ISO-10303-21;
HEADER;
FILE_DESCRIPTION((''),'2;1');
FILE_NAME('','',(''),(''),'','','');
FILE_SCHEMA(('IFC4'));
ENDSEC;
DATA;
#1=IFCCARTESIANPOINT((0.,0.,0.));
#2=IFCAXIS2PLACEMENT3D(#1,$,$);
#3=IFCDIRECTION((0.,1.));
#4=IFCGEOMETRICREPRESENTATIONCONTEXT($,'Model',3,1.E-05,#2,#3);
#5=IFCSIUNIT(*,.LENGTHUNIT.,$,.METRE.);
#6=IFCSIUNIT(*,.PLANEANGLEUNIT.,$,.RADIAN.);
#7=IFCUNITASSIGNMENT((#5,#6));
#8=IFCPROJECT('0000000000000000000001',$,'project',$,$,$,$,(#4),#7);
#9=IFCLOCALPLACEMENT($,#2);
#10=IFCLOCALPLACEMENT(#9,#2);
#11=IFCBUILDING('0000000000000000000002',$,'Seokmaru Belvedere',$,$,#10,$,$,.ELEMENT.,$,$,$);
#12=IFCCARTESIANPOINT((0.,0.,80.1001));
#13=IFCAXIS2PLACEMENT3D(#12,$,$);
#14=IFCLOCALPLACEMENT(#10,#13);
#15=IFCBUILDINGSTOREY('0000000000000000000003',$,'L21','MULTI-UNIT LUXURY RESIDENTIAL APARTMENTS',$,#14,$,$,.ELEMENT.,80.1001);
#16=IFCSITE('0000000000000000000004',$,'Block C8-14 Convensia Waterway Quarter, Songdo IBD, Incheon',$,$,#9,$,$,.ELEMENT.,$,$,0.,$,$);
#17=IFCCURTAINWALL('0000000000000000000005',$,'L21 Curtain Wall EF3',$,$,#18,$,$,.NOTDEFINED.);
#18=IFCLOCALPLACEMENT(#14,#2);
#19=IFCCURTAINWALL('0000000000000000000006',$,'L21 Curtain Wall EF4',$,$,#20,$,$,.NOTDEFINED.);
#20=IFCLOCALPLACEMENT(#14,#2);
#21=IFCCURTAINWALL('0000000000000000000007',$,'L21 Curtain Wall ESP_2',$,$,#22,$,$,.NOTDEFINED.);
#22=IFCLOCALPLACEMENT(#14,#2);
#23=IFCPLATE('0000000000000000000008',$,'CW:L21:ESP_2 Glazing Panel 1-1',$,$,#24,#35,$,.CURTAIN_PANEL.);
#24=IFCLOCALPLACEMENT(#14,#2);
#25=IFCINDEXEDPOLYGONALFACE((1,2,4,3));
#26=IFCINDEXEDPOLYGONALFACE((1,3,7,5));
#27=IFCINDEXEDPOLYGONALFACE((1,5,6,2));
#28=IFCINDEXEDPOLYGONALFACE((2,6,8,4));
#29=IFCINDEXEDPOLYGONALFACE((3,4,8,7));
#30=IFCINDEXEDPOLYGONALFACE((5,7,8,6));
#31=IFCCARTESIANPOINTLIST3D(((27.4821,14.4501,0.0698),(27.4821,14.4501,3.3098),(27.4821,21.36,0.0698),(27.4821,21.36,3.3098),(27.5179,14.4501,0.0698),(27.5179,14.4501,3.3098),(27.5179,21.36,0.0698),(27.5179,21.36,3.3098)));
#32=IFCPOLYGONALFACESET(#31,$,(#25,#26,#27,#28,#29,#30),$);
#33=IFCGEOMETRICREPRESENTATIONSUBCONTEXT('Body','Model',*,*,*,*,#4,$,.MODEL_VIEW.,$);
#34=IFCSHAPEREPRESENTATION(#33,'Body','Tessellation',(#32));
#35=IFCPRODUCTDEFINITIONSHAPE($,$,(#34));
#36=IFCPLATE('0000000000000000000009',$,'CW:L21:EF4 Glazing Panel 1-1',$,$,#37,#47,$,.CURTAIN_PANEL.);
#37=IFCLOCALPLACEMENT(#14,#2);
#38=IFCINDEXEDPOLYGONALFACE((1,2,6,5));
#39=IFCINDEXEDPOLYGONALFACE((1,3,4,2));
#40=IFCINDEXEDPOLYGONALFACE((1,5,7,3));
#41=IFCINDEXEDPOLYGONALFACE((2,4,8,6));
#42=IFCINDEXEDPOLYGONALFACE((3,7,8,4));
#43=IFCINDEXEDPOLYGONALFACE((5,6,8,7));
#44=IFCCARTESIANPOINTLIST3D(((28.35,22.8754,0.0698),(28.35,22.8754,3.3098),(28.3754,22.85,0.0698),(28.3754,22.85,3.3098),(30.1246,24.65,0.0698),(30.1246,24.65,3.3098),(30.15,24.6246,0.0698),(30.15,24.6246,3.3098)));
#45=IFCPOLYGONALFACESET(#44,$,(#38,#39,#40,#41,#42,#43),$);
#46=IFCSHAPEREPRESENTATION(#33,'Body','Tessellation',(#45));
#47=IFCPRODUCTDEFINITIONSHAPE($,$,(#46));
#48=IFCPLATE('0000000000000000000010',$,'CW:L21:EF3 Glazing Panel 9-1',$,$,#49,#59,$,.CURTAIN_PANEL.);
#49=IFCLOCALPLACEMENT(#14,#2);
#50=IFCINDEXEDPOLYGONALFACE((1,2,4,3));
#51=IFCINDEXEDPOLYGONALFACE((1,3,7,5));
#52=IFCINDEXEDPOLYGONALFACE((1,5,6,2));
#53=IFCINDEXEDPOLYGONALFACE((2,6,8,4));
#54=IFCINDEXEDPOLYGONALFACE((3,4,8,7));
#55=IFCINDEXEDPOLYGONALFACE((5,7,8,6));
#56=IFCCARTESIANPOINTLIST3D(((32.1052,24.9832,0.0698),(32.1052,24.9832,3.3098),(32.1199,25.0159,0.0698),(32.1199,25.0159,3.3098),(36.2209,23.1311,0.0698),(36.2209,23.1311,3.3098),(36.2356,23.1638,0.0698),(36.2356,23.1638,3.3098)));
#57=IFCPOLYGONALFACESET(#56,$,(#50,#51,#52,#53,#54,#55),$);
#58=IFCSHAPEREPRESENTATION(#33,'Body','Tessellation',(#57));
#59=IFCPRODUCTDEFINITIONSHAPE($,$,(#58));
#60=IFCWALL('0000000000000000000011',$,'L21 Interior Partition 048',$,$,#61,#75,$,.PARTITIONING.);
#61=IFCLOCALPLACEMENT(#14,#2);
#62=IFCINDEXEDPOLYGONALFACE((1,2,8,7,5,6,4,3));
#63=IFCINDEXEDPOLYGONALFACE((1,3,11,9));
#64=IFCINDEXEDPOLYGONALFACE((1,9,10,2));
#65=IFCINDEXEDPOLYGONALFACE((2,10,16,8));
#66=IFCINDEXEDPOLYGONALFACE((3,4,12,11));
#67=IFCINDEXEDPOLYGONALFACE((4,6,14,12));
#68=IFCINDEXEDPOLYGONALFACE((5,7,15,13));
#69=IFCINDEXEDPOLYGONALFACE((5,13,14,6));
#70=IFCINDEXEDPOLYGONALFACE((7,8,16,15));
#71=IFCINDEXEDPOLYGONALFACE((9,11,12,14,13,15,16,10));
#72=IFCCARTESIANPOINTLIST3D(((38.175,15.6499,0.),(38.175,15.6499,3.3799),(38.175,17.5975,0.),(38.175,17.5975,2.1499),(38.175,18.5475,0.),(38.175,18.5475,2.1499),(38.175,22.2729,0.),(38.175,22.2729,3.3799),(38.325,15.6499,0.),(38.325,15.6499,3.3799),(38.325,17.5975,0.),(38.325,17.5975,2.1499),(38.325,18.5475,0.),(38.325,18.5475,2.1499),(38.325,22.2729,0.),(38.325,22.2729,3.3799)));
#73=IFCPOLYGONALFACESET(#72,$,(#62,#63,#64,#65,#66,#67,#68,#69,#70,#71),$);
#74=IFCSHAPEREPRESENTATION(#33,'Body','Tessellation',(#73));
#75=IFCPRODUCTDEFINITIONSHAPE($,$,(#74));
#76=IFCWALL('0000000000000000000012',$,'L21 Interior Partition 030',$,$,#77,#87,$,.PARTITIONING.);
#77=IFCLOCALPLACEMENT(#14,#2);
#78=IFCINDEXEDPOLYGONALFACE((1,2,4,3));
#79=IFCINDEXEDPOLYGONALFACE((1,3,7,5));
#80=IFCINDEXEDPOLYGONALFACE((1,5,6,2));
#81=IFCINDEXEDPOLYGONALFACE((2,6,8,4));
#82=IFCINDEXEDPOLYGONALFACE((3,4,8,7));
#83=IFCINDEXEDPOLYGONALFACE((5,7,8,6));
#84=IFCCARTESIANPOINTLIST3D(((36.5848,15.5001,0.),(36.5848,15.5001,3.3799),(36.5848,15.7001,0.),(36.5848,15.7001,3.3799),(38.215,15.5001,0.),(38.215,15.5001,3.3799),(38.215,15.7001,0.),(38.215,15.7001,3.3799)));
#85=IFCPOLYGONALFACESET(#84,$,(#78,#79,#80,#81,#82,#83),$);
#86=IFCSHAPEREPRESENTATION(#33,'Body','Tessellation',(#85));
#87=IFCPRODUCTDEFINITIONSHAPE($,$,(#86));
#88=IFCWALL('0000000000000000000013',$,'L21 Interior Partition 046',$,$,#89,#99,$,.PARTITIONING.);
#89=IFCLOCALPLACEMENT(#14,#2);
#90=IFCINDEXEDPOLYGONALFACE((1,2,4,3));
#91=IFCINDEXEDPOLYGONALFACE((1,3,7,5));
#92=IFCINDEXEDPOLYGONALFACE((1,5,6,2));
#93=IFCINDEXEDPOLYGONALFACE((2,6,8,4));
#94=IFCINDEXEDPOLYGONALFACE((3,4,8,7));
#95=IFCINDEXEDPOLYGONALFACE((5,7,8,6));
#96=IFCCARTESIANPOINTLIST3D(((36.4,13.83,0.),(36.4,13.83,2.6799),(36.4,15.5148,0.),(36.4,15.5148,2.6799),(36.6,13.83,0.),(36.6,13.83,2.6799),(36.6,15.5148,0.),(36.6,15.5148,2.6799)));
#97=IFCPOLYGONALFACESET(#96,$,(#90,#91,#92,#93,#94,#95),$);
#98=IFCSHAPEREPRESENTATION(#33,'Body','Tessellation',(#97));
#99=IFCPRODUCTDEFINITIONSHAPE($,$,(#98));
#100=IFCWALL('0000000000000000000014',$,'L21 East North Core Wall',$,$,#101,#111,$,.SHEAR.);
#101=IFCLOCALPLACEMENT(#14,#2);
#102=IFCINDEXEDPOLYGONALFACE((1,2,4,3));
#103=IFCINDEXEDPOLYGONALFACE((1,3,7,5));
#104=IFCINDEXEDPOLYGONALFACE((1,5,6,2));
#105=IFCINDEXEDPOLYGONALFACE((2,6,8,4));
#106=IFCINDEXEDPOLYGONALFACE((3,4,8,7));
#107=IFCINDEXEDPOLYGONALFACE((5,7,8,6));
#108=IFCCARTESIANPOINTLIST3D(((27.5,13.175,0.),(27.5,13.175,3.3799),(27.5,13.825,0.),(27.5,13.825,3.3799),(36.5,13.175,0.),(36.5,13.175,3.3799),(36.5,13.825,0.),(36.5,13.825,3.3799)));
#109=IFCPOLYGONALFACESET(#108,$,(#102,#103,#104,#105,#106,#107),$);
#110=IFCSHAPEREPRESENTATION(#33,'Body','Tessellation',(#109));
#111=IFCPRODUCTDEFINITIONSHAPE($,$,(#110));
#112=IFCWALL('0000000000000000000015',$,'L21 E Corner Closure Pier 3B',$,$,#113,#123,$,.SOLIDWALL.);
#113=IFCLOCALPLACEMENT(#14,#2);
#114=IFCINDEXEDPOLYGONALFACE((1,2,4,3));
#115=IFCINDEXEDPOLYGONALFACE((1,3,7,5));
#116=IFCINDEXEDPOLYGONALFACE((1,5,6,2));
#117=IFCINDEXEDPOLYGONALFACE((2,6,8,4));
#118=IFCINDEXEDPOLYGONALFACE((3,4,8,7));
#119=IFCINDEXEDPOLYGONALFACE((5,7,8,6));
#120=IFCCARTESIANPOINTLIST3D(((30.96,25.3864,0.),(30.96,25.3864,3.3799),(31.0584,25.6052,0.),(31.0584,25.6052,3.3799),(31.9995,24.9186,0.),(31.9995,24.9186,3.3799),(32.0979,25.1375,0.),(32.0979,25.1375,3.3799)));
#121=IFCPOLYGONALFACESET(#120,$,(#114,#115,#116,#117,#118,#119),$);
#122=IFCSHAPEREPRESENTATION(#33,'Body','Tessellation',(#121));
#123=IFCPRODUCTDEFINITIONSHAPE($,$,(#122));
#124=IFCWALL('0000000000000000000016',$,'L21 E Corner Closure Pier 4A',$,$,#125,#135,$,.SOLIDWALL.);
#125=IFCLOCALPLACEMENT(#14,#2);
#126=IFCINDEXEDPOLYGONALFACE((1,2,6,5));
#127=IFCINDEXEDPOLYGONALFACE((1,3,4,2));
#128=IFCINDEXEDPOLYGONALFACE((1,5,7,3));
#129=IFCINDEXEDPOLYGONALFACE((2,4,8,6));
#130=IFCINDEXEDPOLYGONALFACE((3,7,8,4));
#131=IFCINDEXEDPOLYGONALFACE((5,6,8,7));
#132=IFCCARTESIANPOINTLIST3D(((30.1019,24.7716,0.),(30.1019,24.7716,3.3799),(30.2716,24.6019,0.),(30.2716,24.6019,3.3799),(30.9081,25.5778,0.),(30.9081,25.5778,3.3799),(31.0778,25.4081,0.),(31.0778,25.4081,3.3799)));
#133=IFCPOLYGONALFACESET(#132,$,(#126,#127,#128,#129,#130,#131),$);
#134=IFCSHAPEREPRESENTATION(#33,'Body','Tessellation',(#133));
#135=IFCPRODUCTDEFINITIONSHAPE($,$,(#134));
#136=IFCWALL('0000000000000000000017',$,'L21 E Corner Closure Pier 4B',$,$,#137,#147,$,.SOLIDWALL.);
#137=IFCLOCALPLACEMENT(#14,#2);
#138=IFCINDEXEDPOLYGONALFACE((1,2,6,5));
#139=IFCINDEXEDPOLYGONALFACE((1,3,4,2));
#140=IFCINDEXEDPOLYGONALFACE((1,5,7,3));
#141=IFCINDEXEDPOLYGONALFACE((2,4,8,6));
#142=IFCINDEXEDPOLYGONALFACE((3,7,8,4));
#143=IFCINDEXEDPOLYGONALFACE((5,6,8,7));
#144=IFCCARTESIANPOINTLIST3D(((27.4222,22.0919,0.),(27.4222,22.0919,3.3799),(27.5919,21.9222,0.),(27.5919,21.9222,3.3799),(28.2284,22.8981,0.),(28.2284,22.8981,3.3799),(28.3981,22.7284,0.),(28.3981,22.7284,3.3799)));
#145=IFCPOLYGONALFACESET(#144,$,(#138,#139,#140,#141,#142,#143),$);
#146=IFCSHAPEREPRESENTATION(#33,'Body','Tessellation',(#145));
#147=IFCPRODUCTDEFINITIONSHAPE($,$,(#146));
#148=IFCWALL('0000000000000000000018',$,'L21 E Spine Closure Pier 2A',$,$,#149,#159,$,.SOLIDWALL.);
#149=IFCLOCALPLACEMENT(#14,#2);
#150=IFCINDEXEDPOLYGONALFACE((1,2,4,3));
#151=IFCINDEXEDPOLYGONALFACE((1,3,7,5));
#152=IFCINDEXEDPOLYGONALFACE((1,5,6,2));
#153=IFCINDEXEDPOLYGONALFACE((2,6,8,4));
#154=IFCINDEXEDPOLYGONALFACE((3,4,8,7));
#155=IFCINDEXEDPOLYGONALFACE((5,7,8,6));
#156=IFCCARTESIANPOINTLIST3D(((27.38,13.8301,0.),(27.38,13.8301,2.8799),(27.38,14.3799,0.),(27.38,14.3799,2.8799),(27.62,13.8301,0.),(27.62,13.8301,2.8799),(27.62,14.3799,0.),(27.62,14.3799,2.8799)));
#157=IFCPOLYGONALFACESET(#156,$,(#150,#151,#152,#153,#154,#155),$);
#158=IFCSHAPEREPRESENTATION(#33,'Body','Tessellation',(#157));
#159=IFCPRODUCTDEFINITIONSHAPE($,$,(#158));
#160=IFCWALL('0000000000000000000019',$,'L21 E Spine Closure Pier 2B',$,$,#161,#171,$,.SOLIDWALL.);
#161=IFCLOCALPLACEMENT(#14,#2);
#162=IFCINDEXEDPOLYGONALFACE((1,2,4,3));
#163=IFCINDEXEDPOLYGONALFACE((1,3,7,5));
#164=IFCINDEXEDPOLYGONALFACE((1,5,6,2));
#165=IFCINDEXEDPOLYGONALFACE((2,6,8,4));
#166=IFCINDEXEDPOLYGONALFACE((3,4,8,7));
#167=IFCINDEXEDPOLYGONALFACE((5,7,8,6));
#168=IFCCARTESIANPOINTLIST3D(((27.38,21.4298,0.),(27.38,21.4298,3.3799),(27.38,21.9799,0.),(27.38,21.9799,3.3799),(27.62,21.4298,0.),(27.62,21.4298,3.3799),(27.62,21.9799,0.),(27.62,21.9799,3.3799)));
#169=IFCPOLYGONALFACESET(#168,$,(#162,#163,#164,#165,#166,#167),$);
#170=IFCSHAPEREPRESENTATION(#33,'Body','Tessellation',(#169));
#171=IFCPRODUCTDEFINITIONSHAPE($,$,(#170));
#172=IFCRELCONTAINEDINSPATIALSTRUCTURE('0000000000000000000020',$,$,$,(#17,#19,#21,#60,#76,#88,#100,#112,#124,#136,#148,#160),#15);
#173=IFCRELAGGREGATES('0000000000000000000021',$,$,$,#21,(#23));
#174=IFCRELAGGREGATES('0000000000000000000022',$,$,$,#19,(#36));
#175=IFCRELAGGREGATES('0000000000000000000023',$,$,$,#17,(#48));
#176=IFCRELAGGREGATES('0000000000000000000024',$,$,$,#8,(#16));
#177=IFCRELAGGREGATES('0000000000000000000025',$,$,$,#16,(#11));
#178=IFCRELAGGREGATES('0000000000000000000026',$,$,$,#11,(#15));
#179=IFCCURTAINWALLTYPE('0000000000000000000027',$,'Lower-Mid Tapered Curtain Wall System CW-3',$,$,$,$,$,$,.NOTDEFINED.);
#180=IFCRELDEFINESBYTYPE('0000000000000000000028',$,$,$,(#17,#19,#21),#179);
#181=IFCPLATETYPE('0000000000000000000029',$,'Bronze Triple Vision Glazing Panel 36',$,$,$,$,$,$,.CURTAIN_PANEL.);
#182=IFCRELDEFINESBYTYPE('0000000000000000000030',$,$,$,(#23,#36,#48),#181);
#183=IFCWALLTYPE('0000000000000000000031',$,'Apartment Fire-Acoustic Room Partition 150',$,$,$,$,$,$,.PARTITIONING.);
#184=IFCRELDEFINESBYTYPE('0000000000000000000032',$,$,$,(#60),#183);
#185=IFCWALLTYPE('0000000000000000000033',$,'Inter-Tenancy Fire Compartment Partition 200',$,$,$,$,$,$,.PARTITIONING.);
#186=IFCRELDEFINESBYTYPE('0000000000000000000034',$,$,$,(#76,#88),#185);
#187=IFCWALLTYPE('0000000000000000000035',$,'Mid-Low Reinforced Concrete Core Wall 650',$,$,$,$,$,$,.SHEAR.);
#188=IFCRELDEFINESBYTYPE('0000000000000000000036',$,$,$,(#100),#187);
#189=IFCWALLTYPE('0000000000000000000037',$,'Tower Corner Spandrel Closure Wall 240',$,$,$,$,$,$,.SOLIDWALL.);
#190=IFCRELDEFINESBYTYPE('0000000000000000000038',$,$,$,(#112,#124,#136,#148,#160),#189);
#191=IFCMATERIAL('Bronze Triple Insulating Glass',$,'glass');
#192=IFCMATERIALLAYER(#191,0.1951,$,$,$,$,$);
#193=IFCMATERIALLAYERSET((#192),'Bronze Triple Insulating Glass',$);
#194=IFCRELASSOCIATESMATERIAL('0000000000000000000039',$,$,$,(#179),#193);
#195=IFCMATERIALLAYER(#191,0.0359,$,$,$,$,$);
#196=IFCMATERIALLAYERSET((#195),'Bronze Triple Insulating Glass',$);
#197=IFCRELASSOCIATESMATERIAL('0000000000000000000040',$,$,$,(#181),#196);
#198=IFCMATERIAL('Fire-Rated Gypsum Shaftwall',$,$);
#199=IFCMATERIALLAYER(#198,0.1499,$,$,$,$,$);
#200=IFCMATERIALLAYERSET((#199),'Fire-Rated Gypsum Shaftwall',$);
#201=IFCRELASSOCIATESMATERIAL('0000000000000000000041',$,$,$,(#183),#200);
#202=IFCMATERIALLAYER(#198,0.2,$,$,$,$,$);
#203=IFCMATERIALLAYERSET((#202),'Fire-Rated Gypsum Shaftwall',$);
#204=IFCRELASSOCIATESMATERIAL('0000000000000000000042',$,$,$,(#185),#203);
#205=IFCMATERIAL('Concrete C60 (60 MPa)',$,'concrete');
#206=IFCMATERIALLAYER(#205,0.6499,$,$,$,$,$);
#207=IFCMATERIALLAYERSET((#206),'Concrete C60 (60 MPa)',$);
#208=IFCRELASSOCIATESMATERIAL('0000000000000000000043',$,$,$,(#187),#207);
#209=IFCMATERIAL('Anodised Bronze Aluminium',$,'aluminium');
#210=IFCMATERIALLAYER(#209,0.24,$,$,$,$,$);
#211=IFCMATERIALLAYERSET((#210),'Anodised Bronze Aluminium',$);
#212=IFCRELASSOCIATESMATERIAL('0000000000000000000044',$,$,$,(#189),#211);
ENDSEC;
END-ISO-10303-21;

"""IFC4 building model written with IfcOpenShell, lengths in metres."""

from ifc_helpers import new_model, si_unit, direction, frame, frame_2d, origin, origin_2d, place, context, subcontext, project, spatial, rectangle, extrude, source, transform, mapped, material, layer, layer_set, type_object, type_shapes, element, aggregate, save


model = new_model("IFC4")

# Units and contexts
model_context = context("Model", 3, precision=1e-05, world=origin(), true_north=direction((0.0, 1.0)))
body_context = subcontext(model_context, "Body", "Model", "MODEL_VIEW")
ifc_project = project(units=[si_unit("LENGTHUNIT", "METRE"), si_unit("PLANEANGLEUNIT", "RADIAN")], contexts=[model_context])

# Site, building, storey
site_placement = place(None, origin())
site = spatial("IfcSite", under=ifc_project, at=site_placement, Name="Block C8-14 Convensia Waterway Quarter, Songdo IBD, Incheon", CompositionType="ELEMENT", RefElevation=0.0)
building_placement = place(site_placement, origin())
building = spatial("IfcBuilding", under=site, at=building_placement, Name="Seokmaru Belvedere", CompositionType="ELEMENT")
storey_placement = place(building_placement, frame((0.0, 0.0, 80.1001)))
storey = spatial("IfcBuildingStorey", under=building, at=storey_placement, Name="L21", Description="MULTI-UNIT LUXURY RESIDENTIAL APARTMENTS", CompositionType="ELEMENT", Elevation=80.1001)

# Curtain wall
ifc_material_1 = material(Name="Bronze Triple Insulating Glass", Category="glass")
ifc_layer_1 = layer(ifc_material_1, 0.1951)
ifc_layer_set_1 = layer_set([ifc_layer_1], Name="Bronze Triple Insulating Glass")
curtain_wall_type = type_object("IfcCurtainWallType", Name="Lower-Mid Tapered Curtain Wall System CW-3", PredefinedType="NOTDEFINED", material=ifc_layer_set_1)
curtain_wall_1_placement = place(storey_placement, origin())
curtain_wall_1 = element("IfcCurtainWall", 1, at=curtain_wall_1_placement, inside=storey, type_object=curtain_wall_type, Name="L21 Curtain Wall EF3", PredefinedType="NOTDEFINED")
ifc_material_2 = material(Name="Anodised Bronze Aluminium", Category="aluminium")

# Curtain walls
curtain_wall_2_placement = place(storey_placement, origin())
curtain_wall_2 = element("IfcCurtainWall", 2, at=curtain_wall_2_placement, inside=storey, type_object=curtain_wall_type, Name="L21 Curtain Wall EF4", PredefinedType="NOTDEFINED")
curtain_wall_3_placement = place(storey_placement, origin())
curtain_wall_3 = element("IfcCurtainWall", 3, at=curtain_wall_3_placement, inside=storey, type_object=curtain_wall_type, Name="L21 Curtain Wall ESP_2", PredefinedType="NOTDEFINED")

# Plates
ifc_layer_2 = layer(ifc_material_1, 0.0359)
ifc_layer_set_2 = layer_set([ifc_layer_2], Name="Bronze Triple Insulating Glass")
plate_type = type_object("IfcPlateType", Name="Bronze Triple Vision Glazing Panel 36", PredefinedType="CURTAIN_PANEL", material=ifc_layer_set_2)
shared_shape_1 = source(origin(), body_context, "Body", "SweptSolid", [
    extrude(rectangle(XDim=6.9099, YDim=0.0359, at=origin_2d()), origin(), (0.0, 0.0, 1.0), 3.24),
])
plate_1_placement = place(storey_placement, frame((27.5, 17.905, 0.0698), z_axis=(0.0, 0.0, 1.0), x_axis=(0.0, -1.0, 0.0)))
plate_1 = element("IfcPlate", 4, at=plate_1_placement, type_object=plate_type, Name="CW:L21:ESP_2 Glazing Panel 1-1", PredefinedType="CURTAIN_PANEL", context=body_context, shape_type="MappedRepresentation", body=[
    mapped(shared_shape_1, transform((0.0, 0.0, 0.0), scale=1.0)),
])
aggregate(curtain_wall_3, [plate_1])
shared_shape_2 = source(origin(), body_context, "Body", "SweptSolid", [
    extrude(rectangle(XDim=2.5098, YDim=0.0359, at=origin_2d()), origin(), (0.0, 0.0, 1.0), 3.24),
])
plate_2_placement = place(storey_placement, frame((29.25, 23.75, 0.0698), z_axis=(0.0, 0.0, 1.0), x_axis=(-0.707107, -0.707107, 0.0)))
plate_2 = element("IfcPlate", 5, at=plate_2_placement, type_object=plate_type, Name="CW:L21:EF4 Glazing Panel 1-1", PredefinedType="CURTAIN_PANEL", context=body_context, shape_type="MappedRepresentation", body=[
    mapped(shared_shape_2, transform((0.0, 0.0, 0.0), scale=1.0)),
])
aggregate(curtain_wall_2, [plate_2])
shared_shape_3 = source(origin(), body_context, "Body", "SweptSolid", [
    extrude(rectangle(XDim=4.5132, YDim=0.0359, at=origin_2d()), origin(), (0.0, 0.0, 1.0), 3.24),
])
type_shapes(plate_type, [shared_shape_1, shared_shape_2, shared_shape_3])
plate_3_placement = place(storey_placement, frame((34.1704, 24.0735, 0.0698), z_axis=(0.0, 0.0, 1.0), x_axis=(-0.911921, 0.410366, 0.0)))
plate_3 = element("IfcPlate", 6, at=plate_3_placement, type_object=plate_type, Name="CW:L21:EF3 Glazing Panel 9-1", PredefinedType="CURTAIN_PANEL", context=body_context, shape_type="MappedRepresentation", body=[
    mapped(shared_shape_3, transform((0.0, 0.0, 0.0), scale=1.0)),
])
aggregate(curtain_wall_1, [plate_3])

# Wall, opening
ifc_material_3 = material(Name="Fire-Rated Gypsum Shaftwall")
ifc_layer_3 = layer(ifc_material_3, 0.1499)
ifc_layer_set_3 = layer_set([ifc_layer_3], Name="Fire-Rated Gypsum Shaftwall")
wall_type_1 = type_object("IfcWallType", Name="Apartment Fire-Acoustic Room Partition 150", PredefinedType="PARTITIONING", material=ifc_layer_set_3)
wall_1_placement = place(storey_placement, frame((38.25, 15.6499, 0.0), z_axis=(0.0, 0.0, 1.0), x_axis=(0.0, 1.0, 0.0)))
wall_1 = element("IfcWall", 7, at=wall_1_placement, inside=storey, type_object=wall_type_1, Name="L21 Interior Partition 048", PredefinedType="PARTITIONING", context=body_context, shape_type="SweptSolid", body=[
    extrude(rectangle(XDim=6.623, YDim=0.1499, at=frame_2d((3.3115, 0.0))), origin(), (0.0, 0.0, 1.0), 3.3799),
])
opening_placement = place(wall_1_placement, frame((1.9475, 0.0, 0.0)))
element("IfcOpeningElement", 8, at=opening_placement, cuts=wall_1, PredefinedType="OPENING", context=body_context, shape_type="SweptSolid", body=[
    extrude(rectangle(XDim=0.95, YDim=2.1499, at=frame_2d((0.4751, 1.075))), frame((0.0, 0.085, 0.0), z_axis=(0.0, -1.0, 0.0), x_axis=(1.0, 0.0, 0.0)), (0.0, 0.0, 1.0), 0.1699),
])

# Walls
ifc_layer_4 = layer(ifc_material_3, 0.2)
ifc_layer_set_4 = layer_set([ifc_layer_4], Name="Fire-Rated Gypsum Shaftwall")
wall_type_2 = type_object("IfcWallType", Name="Inter-Tenancy Fire Compartment Partition 200", PredefinedType="PARTITIONING", material=ifc_layer_set_4)
wall_2_placement = place(storey_placement, frame((36.585, 15.6001, 0.0), z_axis=(0.0, 0.0, 1.0), x_axis=(1.0, 0.0, 0.0)))
element("IfcWall", 9, at=wall_2_placement, inside=storey, type_object=wall_type_2, Name="L21 Interior Partition 030", PredefinedType="PARTITIONING", context=body_context, shape_type="SweptSolid", body=[
    extrude(rectangle(XDim=1.6301, YDim=0.2, at=frame_2d((0.8149, 0.0))), origin(), (0.0, 0.0, 1.0), 3.3799),
])
wall_3_placement = place(storey_placement, frame((36.5, 13.8301, 0.0), z_axis=(0.0, 0.0, 1.0), x_axis=(0.0, 1.0, 0.0)))
element("IfcWall", 10, at=wall_3_placement, inside=storey, type_object=wall_type_2, Name="L21 Interior Partition 046", PredefinedType="PARTITIONING", context=body_context, shape_type="SweptSolid", body=[
    extrude(rectangle(XDim=1.6848, YDim=0.2, at=frame_2d((0.8423, 0.0))), origin(), (0.0, 0.0, 1.0), 2.6799),
])
ifc_material_4 = material(Name="Concrete C60 (60 MPa)", Category="concrete")
ifc_layer_5 = layer(ifc_material_4, 0.6499)
ifc_layer_set_5 = layer_set([ifc_layer_5], Name="Concrete C60 (60 MPa)")
wall_type_3 = type_object("IfcWallType", Name="Mid-Low Reinforced Concrete Core Wall 650", PredefinedType="SHEAR", material=ifc_layer_set_5)
wall_4_placement = place(storey_placement, frame((27.5, 13.5, 0.0), z_axis=(0.0, 0.0, 1.0), x_axis=(1.0, 0.0, 0.0)))
element("IfcWall", 11, at=wall_4_placement, inside=storey, type_object=wall_type_3, Name="L21 East North Core Wall", PredefinedType="SHEAR", context=body_context, shape_type="SweptSolid", body=[
    extrude(rectangle(XDim=9.0, YDim=0.6499, at=frame_2d((4.5, 0.0))), origin(), (0.0, 0.0, 1.0), 3.3799),
])
ifc_layer_6 = layer(ifc_material_2, 0.24)
ifc_layer_set_6 = layer_set([ifc_layer_6], Name="Anodised Bronze Aluminium")
wall_type_4 = type_object("IfcWallType", Name="Tower Corner Spandrel Closure Wall 240", PredefinedType="SOLIDWALL", material=ifc_layer_set_6)
wall_5_placement = place(storey_placement, frame((32.0486, 25.0281, 0.0), z_axis=(0.0, 0.0, 1.0), x_axis=(-0.91193, 0.410347, 0.0)))
element("IfcWall", 12, at=wall_5_placement, inside=storey, type_object=wall_type_4, Name="L21 E Corner Closure Pier 3B", PredefinedType="SOLIDWALL", context=body_context, shape_type="SweptSolid", body=[
    extrude(rectangle(XDim=1.1399, YDim=0.24, at=frame_2d((0.5698, 0.0))), origin(), (0.0, 0.0, 1.0), 3.3799),
])
for number, where, z_axis, x_axis, name in (
    (13, (30.9929, 25.4929, 0.0), (0.0, 0.0, 1.0), (-0.707107, -0.707107, 0.0), "L21 E Corner Closure Pier 4A"),
    (14, (28.3132, 22.8132, 0.0), (0.0, 0.0, 1.0), (-0.707107, -0.707107, 0.0), "L21 E Corner Closure Pier 4B"),
):
    element("IfcWall", number, at=place(storey_placement, frame(where, z_axis=z_axis, x_axis=x_axis)), inside=storey, type_object=wall_type_4, Name=name, PredefinedType="SOLIDWALL", context=body_context, shape_type="SweptSolid", body=[
        extrude(rectangle(XDim=1.1401, YDim=0.24, at=frame_2d((0.5701, 0.0))), origin(), (0.0, 0.0, 1.0), 3.3799),
    ])
wall_6_placement = place(storey_placement, frame((27.5, 13.8301, 0.0), z_axis=(0.0, 0.0, 1.0), x_axis=(0.0, 1.0, 0.0)))
element("IfcWall", 15, at=wall_6_placement, inside=storey, type_object=wall_type_4, Name="L21 E Spine Closure Pier 2A", PredefinedType="SOLIDWALL", context=body_context, shape_type="SweptSolid", body=[
    extrude(rectangle(XDim=0.5498, YDim=0.24, at=frame_2d((0.2749, 0.0))), origin(), (0.0, 0.0, 1.0), 2.8799),
])
wall_7_placement = place(storey_placement, frame((27.5, 21.4299, 0.0), z_axis=(0.0, 0.0, 1.0), x_axis=(0.0, 1.0, 0.0)))
element("IfcWall", 16, at=wall_7_placement, inside=storey, type_object=wall_type_4, Name="L21 E Spine Closure Pier 2B", PredefinedType="SOLIDWALL", context=body_context, shape_type="SweptSolid", body=[
    extrude(rectangle(XDim=0.55, YDim=0.24, at=frame_2d((0.2749, 0.0))), origin(), (0.0, 0.0, 1.0), 3.3799),
])

save(model, "model.ifc")
